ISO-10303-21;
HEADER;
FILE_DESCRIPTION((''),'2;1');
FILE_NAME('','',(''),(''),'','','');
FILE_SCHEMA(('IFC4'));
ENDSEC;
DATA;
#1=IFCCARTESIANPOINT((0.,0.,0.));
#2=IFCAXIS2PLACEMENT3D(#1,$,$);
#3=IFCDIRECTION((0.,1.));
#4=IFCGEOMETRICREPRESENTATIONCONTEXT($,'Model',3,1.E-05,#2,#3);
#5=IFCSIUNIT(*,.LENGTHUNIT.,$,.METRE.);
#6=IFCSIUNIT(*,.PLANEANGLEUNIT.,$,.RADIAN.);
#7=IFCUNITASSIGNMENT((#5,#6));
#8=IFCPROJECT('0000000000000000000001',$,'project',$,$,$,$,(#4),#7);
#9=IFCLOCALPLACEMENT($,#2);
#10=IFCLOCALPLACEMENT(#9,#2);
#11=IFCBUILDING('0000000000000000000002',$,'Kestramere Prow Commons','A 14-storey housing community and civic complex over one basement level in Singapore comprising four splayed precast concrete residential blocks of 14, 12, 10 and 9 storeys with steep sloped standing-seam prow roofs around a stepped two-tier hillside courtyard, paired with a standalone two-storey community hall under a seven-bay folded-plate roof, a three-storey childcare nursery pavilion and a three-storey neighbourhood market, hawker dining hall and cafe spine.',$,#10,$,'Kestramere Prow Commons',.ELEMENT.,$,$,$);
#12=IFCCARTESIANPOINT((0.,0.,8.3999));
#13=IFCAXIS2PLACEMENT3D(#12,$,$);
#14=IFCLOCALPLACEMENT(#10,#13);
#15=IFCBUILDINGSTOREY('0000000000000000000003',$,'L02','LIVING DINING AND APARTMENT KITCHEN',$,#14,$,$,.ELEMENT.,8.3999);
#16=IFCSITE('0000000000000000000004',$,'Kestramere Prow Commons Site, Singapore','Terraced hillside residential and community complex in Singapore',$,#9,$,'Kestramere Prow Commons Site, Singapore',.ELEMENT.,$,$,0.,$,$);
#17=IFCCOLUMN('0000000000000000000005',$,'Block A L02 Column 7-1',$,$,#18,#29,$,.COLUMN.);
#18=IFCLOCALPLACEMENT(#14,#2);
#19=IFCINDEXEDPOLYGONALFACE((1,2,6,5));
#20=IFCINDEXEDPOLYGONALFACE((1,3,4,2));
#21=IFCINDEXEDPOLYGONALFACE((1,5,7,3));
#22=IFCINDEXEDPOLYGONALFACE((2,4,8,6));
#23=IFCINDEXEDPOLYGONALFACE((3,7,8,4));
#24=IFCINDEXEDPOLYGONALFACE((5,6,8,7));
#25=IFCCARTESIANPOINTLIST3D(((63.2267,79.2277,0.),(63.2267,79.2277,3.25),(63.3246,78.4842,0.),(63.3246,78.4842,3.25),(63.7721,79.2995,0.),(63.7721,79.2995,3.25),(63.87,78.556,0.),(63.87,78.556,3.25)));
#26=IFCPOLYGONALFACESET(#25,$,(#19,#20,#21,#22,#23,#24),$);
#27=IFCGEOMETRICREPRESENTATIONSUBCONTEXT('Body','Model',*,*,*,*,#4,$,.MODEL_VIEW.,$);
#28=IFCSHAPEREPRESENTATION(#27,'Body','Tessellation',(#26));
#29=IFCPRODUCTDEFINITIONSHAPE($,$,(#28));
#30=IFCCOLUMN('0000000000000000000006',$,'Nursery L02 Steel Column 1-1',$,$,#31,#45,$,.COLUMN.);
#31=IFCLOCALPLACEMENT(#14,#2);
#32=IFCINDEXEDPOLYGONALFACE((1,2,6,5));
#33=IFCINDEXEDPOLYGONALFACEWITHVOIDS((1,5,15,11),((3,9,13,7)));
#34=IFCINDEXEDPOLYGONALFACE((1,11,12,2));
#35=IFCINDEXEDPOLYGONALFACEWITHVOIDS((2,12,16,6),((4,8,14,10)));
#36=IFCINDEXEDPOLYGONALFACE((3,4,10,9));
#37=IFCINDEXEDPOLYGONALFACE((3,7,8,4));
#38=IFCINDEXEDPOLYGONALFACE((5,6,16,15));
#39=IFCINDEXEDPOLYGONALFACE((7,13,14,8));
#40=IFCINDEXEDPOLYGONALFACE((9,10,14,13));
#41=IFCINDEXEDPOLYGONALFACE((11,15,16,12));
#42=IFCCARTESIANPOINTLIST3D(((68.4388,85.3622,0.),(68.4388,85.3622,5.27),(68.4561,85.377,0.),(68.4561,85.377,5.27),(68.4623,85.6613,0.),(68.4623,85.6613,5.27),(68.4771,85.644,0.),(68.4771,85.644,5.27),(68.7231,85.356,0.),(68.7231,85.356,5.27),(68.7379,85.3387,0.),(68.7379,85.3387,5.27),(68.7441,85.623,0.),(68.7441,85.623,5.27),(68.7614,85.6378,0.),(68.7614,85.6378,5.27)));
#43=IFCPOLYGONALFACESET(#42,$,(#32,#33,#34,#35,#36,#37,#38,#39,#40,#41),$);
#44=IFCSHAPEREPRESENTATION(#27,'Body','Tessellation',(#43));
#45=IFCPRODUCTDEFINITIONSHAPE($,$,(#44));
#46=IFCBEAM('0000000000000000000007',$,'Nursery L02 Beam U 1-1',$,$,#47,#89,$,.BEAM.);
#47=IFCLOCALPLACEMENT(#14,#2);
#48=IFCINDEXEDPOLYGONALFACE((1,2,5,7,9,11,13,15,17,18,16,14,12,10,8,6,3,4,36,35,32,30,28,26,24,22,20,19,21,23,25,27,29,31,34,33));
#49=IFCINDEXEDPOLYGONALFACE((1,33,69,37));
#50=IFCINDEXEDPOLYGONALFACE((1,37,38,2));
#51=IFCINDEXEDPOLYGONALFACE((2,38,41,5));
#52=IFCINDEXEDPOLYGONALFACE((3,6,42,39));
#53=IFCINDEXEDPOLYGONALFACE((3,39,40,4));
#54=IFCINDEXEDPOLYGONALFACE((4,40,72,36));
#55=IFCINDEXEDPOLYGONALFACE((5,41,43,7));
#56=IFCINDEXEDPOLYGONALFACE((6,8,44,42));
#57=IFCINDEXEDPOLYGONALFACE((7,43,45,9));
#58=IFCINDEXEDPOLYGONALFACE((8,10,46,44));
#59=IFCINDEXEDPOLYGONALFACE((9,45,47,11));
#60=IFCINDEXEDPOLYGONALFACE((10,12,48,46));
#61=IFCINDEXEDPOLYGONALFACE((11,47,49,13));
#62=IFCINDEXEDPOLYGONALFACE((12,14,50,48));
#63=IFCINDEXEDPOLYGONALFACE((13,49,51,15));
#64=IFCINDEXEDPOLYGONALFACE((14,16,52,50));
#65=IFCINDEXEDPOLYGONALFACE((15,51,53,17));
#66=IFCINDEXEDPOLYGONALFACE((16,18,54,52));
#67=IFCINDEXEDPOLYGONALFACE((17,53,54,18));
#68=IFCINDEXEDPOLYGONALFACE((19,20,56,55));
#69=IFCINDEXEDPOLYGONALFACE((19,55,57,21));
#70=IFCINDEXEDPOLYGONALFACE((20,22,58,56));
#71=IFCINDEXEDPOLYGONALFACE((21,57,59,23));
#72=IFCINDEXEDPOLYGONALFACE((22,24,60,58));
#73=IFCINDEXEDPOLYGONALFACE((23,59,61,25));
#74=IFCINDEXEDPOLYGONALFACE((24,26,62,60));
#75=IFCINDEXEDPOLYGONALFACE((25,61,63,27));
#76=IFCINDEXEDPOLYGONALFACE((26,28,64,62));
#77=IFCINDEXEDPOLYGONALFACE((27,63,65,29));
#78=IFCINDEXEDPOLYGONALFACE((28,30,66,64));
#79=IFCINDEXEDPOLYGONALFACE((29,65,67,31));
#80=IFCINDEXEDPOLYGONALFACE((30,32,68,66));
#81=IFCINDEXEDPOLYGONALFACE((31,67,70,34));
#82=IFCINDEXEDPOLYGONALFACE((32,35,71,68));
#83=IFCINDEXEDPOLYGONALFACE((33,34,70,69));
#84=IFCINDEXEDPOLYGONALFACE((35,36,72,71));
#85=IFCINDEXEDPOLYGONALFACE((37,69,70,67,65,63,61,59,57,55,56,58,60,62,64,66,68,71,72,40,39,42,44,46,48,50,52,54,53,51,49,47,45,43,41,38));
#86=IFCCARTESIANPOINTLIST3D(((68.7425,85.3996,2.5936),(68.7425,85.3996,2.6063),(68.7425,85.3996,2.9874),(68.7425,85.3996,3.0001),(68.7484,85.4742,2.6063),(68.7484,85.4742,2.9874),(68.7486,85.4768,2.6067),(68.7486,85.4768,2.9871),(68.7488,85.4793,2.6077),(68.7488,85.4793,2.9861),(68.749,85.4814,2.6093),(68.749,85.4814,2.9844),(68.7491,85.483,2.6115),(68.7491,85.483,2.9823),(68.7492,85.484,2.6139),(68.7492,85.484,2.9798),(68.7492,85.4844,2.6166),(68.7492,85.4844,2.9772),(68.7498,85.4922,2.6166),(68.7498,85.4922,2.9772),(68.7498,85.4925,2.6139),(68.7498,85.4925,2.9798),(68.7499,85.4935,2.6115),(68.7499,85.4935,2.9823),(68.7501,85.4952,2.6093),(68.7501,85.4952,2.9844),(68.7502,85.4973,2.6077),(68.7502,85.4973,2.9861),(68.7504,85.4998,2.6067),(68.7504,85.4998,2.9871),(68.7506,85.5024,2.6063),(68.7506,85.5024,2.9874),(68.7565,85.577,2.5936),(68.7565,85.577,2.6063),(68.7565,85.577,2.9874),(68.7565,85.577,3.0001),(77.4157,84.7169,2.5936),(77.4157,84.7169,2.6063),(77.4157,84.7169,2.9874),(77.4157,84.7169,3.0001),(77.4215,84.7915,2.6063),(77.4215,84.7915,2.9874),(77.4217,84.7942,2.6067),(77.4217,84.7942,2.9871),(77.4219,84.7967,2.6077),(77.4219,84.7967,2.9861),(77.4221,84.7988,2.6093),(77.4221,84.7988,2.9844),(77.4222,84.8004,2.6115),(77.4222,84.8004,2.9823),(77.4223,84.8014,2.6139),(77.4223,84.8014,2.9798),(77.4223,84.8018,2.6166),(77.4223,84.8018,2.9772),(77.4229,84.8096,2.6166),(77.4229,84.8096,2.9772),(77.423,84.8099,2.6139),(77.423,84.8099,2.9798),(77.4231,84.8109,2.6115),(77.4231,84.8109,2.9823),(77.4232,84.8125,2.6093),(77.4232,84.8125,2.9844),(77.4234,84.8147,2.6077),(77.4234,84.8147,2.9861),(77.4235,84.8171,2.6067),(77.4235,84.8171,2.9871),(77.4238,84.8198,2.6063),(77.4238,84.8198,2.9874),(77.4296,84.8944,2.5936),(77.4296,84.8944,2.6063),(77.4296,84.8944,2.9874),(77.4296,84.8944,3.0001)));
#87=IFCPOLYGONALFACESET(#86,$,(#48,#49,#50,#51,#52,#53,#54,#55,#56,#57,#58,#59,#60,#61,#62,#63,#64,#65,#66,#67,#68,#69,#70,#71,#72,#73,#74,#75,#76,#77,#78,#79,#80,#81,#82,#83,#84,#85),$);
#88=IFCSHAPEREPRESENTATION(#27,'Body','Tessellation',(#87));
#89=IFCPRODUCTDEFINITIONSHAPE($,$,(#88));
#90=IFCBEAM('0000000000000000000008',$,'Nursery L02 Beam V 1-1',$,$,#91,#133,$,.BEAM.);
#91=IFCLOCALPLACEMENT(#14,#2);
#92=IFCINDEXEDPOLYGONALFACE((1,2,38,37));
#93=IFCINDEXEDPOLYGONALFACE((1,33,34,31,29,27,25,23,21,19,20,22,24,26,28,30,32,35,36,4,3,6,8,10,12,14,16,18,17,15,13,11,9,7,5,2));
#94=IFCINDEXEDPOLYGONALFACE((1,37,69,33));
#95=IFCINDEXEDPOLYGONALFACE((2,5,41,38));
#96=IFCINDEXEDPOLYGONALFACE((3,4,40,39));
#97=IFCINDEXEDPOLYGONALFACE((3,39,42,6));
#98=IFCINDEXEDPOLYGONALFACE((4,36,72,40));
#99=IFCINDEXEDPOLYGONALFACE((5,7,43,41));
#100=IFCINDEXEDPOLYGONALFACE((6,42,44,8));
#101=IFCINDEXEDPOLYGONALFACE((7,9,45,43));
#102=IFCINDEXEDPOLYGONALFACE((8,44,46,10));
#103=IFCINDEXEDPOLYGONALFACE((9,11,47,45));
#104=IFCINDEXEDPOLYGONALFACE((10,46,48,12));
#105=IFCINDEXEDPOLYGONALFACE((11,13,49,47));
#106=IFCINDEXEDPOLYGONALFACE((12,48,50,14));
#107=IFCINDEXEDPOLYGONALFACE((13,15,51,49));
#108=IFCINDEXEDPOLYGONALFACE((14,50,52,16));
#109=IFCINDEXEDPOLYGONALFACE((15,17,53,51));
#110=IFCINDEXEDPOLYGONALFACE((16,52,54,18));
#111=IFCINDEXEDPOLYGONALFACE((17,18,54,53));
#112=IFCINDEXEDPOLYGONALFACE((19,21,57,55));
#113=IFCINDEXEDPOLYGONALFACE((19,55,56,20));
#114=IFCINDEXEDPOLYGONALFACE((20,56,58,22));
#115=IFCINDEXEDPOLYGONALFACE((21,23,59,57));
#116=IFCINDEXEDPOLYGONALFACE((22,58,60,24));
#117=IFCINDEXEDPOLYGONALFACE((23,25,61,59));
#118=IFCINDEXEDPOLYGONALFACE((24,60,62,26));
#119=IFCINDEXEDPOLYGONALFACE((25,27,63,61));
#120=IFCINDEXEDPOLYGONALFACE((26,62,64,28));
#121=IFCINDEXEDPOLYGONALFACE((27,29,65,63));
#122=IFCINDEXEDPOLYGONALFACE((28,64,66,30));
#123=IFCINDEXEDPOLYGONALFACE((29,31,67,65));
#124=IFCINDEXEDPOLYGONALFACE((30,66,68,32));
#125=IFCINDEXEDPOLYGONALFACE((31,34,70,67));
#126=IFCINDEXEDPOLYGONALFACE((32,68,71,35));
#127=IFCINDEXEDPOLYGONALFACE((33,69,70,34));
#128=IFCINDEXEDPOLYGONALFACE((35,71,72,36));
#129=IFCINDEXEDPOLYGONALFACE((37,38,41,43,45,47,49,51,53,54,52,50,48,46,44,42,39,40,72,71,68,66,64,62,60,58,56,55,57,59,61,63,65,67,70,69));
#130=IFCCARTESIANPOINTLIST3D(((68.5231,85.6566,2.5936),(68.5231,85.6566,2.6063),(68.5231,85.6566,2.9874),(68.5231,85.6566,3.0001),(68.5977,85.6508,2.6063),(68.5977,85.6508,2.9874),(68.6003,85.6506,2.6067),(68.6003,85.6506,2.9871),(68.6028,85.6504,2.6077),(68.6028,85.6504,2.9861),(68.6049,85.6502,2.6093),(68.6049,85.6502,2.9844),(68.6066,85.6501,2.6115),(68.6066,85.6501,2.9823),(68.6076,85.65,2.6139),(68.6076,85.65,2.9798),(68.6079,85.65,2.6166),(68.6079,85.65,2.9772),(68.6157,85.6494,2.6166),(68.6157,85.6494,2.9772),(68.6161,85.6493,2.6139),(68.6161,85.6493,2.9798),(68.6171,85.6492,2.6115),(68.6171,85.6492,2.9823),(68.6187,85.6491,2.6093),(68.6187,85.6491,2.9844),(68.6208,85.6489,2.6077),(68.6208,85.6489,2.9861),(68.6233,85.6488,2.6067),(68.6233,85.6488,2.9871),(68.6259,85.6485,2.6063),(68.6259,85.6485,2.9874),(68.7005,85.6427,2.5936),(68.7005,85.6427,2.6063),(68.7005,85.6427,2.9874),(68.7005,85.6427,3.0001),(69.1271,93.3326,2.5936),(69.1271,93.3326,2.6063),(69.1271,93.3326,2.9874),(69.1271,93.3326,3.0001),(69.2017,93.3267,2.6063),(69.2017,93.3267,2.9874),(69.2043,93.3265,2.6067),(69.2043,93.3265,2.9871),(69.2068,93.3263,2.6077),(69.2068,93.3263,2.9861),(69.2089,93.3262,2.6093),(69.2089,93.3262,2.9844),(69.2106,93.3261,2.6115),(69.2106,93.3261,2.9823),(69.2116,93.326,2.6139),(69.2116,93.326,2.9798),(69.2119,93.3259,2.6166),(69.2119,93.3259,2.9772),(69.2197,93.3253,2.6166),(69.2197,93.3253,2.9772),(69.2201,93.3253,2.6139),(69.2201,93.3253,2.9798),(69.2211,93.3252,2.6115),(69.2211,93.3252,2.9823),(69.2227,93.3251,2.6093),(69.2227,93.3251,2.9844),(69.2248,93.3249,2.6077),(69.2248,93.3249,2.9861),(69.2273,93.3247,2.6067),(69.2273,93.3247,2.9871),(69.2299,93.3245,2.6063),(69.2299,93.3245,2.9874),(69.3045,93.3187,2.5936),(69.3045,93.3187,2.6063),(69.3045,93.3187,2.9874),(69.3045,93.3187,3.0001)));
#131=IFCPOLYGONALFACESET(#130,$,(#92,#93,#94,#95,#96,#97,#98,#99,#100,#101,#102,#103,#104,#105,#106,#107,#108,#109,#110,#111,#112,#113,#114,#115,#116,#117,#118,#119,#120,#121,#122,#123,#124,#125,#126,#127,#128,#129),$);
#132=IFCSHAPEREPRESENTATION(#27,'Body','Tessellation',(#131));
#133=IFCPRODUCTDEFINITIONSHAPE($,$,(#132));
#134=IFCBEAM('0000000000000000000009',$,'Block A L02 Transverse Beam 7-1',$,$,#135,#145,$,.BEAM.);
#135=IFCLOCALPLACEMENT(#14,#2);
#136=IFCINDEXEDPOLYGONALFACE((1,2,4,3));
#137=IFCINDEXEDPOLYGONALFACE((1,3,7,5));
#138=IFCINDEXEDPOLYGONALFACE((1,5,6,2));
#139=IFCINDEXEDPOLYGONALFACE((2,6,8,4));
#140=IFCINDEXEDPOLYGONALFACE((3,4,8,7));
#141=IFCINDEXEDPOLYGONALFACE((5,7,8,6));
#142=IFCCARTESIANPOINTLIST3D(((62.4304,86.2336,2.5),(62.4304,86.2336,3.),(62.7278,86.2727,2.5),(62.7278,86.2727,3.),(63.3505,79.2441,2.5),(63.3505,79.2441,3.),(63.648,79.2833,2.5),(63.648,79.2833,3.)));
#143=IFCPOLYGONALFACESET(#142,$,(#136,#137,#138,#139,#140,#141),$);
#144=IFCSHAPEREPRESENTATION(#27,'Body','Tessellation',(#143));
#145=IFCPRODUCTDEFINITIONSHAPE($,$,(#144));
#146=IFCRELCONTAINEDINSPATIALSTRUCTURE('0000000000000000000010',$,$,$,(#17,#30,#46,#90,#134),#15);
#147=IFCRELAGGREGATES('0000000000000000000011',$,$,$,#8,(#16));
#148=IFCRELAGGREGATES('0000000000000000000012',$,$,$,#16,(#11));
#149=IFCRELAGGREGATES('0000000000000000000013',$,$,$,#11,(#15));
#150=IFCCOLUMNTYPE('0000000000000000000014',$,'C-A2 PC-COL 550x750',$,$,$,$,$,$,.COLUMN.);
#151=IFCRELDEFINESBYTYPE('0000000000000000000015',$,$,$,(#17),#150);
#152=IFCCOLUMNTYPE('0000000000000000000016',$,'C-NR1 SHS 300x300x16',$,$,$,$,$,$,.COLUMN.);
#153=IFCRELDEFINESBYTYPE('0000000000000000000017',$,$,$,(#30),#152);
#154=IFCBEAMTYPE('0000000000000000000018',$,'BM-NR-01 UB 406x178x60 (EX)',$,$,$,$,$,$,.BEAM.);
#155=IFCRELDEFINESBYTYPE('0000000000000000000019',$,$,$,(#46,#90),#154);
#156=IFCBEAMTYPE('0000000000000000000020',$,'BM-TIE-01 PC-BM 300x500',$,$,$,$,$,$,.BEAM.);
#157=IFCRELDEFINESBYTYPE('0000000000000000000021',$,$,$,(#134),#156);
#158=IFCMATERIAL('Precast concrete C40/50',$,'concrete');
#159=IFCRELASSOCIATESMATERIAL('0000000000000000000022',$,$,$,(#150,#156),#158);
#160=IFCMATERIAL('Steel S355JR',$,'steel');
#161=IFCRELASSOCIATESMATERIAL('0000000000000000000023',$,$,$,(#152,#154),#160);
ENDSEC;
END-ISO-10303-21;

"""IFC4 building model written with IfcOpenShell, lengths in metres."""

from ifc_helpers import new_model, si_unit, direction, frame, origin, origin_2d, place, context, subcontext, project, spatial, rectangle, hollow_rectangle, i_section, extrude, material, material_profile, profile_set, type_object, element, save


model = new_model("IFC4")

# Units and contexts
model_context = context("Model", 3, precision=1e-05, world=origin(), true_north=direction((0.0, 1.0)))
body_context = subcontext(model_context, "Body", "Model", "MODEL_VIEW")
ifc_project = project(units=[si_unit("LENGTHUNIT", "METRE"), si_unit("PLANEANGLEUNIT", "RADIAN")], contexts=[model_context])

# Site, building, storey
site_placement = place(None, origin())
site = spatial("IfcSite", under=ifc_project, at=site_placement, Name="Kestramere Prow Commons Site, Singapore", Description="Terraced hillside residential and community complex in Singapore", LongName="Kestramere Prow Commons Site, Singapore", CompositionType="ELEMENT", RefElevation=0.0)
building_placement = place(site_placement, origin())
building = spatial("IfcBuilding", under=site, at=building_placement, Name="Kestramere Prow Commons", Description="A 14-storey housing community and civic complex over one basement level in Singapore comprising four splayed precast concrete residential blocks of 14, 12, 10 and 9 storeys with steep sloped standing-seam prow roofs around a stepped two-tier hillside courtyard, paired with a standalone two-storey community hall under a seven-bay folded-plate roof, a three-storey childcare nursery pavilion and a three-storey neighbourhood market, hawker dining hall and cafe spine.", LongName="Kestramere Prow Commons", CompositionType="ELEMENT")
storey_placement = place(building_placement, frame((0.0, 0.0, 8.3999)))
storey = spatial("IfcBuildingStorey", under=building, at=storey_placement, Name="L02", Description="LIVING DINING AND APARTMENT KITCHEN", CompositionType="ELEMENT", Elevation=8.3999)

# Columns
ifc_material_1 = material(Name="Precast concrete C40/50", Category="concrete")
ifc_material_profile_1 = material_profile(ifc_material_1, rectangle(XDim=0.55, YDim=0.75, at=origin_2d()), Name="PC-COL 550x750")
ifc_profile_set_1 = profile_set([ifc_material_profile_1], Name="Precast concrete C40/50")
column_type_1 = type_object("IfcColumnType", Name="C-A2 PC-COL 550x750", PredefinedType="COLUMN", material=ifc_profile_set_1)
column_1_placement = place(storey_placement, frame((63.5483, 78.8918, 0.0), z_axis=(0.0, 0.0, 1.0), x_axis=(0.991445, 0.130526, 0.0)))
element("IfcColumn", 1, at=column_1_placement, inside=storey, type_object=column_type_1, Name="Block A L02 Column 7-1", PredefinedType="COLUMN", context=body_context, shape_type="SweptSolid", body=[
    extrude(rectangle(XDim=0.55, YDim=0.75, at=origin_2d()), origin(), (0.0, 0.0, 1.0), 3.25),
])
ifc_material_2 = material(Name="Steel S355JR", Category="steel")
ifc_material_profile_2 = material_profile(ifc_material_2, hollow_rectangle(XDim=0.3, YDim=0.3, WallThickness=0.0161, at=origin_2d()), Name="SHS 300x300x16")
ifc_profile_set_2 = profile_set([ifc_material_profile_2], Name="Steel S355JR")
column_type_2 = type_object("IfcColumnType", Name="C-NR1 SHS 300x300x16", PredefinedType="COLUMN", material=ifc_profile_set_2)
column_2_placement = place(storey_placement, frame((68.6001, 85.5, 0.0), z_axis=(0.0, 0.0, 1.0), x_axis=(0.996917, -0.078459, 0.0)))
element("IfcColumn", 2, at=column_2_placement, inside=storey, type_object=column_type_2, Name="Nursery L02 Steel Column 1-1", PredefinedType="COLUMN", context=body_context, shape_type="SweptSolid", body=[
    extrude(hollow_rectangle(XDim=0.3, YDim=0.3, WallThickness=0.0161, at=origin_2d()), origin(), (0.0, 0.0, 1.0), 5.27),
])

# Beams
ifc_material_profile_3 = material_profile(ifc_material_2, i_section(OverallWidth=0.178, OverallDepth=0.4065, WebThickness=0.0078, FlangeThickness=0.0127, FilletRadius=0.0103, at=origin_2d()), Name="UB 406x178x60")
ifc_profile_set_3 = profile_set([ifc_material_profile_3], Name="Steel S355JR")
beam_type_1 = type_object("IfcBeamType", Name="BM-NR-01 UB 406x178x60 (EX)", PredefinedType="BEAM", material=ifc_profile_set_3)
beam_1_placement = place(storey_placement, frame((68.7495, 85.4883, 2.7969), z_axis=(0.996917, -0.078462, 0.0), x_axis=(0.078462, 0.996917, 0.0)))
element("IfcBeam", 3, at=beam_1_placement, inside=storey, type_object=beam_type_1, Name="Nursery L02 Beam U 1-1", PredefinedType="BEAM", context=body_context, shape_type="SweptSolid", body=[
    extrude(i_section(OverallWidth=0.178, OverallDepth=0.4065, WebThickness=0.0078, FlangeThickness=0.0127, FilletRadius=0.0103, at=origin_2d()), origin(), (0.0, 0.0, 1.0), 8.7),
])
beam_2_placement = place(storey_placement, frame((68.6118, 85.6497, 2.7969), z_axis=(0.078445, 0.996918, 0.0), x_axis=(-0.996918, 0.078445, 0.0)))
element("IfcBeam", 4, at=beam_2_placement, inside=storey, type_object=beam_type_1, Name="Nursery L02 Beam V 1-1", PredefinedType="BEAM", context=body_context, shape_type="SweptSolid", body=[
    extrude(i_section(OverallWidth=0.178, OverallDepth=0.4065, WebThickness=0.0078, FlangeThickness=0.0127, FilletRadius=0.0103, at=origin_2d()), origin(), (0.0, 0.0, 1.0), 7.6997),
])
ifc_material_profile_4 = material_profile(ifc_material_1, rectangle(XDim=0.3, YDim=0.5, at=origin_2d()), Name="PC-BM 300x500")
ifc_profile_set_4 = profile_set([ifc_material_profile_4], Name="Precast concrete C40/50")
beam_type_2 = type_object("IfcBeamType", Name="BM-TIE-01 PC-BM 300x500", PredefinedType="BEAM", material=ifc_profile_set_4)
beam_3_placement = place(storey_placement, frame((63.4993, 79.2637, 2.75), z_axis=(-0.130523, 0.991445, 0.0), x_axis=(-0.991445, -0.130523, 0.0)))
element("IfcBeam", 5, at=beam_3_placement, inside=storey, type_object=beam_type_2, Name="Block A L02 Transverse Beam 7-1", PredefinedType="BEAM", context=body_context, shape_type="SweptSolid", body=[
    extrude(rectangle(XDim=0.3, YDim=0.5, at=origin_2d()), origin(), (0.0, 0.0, 1.0), 7.0498),
])

save(model, "model.ifc")
